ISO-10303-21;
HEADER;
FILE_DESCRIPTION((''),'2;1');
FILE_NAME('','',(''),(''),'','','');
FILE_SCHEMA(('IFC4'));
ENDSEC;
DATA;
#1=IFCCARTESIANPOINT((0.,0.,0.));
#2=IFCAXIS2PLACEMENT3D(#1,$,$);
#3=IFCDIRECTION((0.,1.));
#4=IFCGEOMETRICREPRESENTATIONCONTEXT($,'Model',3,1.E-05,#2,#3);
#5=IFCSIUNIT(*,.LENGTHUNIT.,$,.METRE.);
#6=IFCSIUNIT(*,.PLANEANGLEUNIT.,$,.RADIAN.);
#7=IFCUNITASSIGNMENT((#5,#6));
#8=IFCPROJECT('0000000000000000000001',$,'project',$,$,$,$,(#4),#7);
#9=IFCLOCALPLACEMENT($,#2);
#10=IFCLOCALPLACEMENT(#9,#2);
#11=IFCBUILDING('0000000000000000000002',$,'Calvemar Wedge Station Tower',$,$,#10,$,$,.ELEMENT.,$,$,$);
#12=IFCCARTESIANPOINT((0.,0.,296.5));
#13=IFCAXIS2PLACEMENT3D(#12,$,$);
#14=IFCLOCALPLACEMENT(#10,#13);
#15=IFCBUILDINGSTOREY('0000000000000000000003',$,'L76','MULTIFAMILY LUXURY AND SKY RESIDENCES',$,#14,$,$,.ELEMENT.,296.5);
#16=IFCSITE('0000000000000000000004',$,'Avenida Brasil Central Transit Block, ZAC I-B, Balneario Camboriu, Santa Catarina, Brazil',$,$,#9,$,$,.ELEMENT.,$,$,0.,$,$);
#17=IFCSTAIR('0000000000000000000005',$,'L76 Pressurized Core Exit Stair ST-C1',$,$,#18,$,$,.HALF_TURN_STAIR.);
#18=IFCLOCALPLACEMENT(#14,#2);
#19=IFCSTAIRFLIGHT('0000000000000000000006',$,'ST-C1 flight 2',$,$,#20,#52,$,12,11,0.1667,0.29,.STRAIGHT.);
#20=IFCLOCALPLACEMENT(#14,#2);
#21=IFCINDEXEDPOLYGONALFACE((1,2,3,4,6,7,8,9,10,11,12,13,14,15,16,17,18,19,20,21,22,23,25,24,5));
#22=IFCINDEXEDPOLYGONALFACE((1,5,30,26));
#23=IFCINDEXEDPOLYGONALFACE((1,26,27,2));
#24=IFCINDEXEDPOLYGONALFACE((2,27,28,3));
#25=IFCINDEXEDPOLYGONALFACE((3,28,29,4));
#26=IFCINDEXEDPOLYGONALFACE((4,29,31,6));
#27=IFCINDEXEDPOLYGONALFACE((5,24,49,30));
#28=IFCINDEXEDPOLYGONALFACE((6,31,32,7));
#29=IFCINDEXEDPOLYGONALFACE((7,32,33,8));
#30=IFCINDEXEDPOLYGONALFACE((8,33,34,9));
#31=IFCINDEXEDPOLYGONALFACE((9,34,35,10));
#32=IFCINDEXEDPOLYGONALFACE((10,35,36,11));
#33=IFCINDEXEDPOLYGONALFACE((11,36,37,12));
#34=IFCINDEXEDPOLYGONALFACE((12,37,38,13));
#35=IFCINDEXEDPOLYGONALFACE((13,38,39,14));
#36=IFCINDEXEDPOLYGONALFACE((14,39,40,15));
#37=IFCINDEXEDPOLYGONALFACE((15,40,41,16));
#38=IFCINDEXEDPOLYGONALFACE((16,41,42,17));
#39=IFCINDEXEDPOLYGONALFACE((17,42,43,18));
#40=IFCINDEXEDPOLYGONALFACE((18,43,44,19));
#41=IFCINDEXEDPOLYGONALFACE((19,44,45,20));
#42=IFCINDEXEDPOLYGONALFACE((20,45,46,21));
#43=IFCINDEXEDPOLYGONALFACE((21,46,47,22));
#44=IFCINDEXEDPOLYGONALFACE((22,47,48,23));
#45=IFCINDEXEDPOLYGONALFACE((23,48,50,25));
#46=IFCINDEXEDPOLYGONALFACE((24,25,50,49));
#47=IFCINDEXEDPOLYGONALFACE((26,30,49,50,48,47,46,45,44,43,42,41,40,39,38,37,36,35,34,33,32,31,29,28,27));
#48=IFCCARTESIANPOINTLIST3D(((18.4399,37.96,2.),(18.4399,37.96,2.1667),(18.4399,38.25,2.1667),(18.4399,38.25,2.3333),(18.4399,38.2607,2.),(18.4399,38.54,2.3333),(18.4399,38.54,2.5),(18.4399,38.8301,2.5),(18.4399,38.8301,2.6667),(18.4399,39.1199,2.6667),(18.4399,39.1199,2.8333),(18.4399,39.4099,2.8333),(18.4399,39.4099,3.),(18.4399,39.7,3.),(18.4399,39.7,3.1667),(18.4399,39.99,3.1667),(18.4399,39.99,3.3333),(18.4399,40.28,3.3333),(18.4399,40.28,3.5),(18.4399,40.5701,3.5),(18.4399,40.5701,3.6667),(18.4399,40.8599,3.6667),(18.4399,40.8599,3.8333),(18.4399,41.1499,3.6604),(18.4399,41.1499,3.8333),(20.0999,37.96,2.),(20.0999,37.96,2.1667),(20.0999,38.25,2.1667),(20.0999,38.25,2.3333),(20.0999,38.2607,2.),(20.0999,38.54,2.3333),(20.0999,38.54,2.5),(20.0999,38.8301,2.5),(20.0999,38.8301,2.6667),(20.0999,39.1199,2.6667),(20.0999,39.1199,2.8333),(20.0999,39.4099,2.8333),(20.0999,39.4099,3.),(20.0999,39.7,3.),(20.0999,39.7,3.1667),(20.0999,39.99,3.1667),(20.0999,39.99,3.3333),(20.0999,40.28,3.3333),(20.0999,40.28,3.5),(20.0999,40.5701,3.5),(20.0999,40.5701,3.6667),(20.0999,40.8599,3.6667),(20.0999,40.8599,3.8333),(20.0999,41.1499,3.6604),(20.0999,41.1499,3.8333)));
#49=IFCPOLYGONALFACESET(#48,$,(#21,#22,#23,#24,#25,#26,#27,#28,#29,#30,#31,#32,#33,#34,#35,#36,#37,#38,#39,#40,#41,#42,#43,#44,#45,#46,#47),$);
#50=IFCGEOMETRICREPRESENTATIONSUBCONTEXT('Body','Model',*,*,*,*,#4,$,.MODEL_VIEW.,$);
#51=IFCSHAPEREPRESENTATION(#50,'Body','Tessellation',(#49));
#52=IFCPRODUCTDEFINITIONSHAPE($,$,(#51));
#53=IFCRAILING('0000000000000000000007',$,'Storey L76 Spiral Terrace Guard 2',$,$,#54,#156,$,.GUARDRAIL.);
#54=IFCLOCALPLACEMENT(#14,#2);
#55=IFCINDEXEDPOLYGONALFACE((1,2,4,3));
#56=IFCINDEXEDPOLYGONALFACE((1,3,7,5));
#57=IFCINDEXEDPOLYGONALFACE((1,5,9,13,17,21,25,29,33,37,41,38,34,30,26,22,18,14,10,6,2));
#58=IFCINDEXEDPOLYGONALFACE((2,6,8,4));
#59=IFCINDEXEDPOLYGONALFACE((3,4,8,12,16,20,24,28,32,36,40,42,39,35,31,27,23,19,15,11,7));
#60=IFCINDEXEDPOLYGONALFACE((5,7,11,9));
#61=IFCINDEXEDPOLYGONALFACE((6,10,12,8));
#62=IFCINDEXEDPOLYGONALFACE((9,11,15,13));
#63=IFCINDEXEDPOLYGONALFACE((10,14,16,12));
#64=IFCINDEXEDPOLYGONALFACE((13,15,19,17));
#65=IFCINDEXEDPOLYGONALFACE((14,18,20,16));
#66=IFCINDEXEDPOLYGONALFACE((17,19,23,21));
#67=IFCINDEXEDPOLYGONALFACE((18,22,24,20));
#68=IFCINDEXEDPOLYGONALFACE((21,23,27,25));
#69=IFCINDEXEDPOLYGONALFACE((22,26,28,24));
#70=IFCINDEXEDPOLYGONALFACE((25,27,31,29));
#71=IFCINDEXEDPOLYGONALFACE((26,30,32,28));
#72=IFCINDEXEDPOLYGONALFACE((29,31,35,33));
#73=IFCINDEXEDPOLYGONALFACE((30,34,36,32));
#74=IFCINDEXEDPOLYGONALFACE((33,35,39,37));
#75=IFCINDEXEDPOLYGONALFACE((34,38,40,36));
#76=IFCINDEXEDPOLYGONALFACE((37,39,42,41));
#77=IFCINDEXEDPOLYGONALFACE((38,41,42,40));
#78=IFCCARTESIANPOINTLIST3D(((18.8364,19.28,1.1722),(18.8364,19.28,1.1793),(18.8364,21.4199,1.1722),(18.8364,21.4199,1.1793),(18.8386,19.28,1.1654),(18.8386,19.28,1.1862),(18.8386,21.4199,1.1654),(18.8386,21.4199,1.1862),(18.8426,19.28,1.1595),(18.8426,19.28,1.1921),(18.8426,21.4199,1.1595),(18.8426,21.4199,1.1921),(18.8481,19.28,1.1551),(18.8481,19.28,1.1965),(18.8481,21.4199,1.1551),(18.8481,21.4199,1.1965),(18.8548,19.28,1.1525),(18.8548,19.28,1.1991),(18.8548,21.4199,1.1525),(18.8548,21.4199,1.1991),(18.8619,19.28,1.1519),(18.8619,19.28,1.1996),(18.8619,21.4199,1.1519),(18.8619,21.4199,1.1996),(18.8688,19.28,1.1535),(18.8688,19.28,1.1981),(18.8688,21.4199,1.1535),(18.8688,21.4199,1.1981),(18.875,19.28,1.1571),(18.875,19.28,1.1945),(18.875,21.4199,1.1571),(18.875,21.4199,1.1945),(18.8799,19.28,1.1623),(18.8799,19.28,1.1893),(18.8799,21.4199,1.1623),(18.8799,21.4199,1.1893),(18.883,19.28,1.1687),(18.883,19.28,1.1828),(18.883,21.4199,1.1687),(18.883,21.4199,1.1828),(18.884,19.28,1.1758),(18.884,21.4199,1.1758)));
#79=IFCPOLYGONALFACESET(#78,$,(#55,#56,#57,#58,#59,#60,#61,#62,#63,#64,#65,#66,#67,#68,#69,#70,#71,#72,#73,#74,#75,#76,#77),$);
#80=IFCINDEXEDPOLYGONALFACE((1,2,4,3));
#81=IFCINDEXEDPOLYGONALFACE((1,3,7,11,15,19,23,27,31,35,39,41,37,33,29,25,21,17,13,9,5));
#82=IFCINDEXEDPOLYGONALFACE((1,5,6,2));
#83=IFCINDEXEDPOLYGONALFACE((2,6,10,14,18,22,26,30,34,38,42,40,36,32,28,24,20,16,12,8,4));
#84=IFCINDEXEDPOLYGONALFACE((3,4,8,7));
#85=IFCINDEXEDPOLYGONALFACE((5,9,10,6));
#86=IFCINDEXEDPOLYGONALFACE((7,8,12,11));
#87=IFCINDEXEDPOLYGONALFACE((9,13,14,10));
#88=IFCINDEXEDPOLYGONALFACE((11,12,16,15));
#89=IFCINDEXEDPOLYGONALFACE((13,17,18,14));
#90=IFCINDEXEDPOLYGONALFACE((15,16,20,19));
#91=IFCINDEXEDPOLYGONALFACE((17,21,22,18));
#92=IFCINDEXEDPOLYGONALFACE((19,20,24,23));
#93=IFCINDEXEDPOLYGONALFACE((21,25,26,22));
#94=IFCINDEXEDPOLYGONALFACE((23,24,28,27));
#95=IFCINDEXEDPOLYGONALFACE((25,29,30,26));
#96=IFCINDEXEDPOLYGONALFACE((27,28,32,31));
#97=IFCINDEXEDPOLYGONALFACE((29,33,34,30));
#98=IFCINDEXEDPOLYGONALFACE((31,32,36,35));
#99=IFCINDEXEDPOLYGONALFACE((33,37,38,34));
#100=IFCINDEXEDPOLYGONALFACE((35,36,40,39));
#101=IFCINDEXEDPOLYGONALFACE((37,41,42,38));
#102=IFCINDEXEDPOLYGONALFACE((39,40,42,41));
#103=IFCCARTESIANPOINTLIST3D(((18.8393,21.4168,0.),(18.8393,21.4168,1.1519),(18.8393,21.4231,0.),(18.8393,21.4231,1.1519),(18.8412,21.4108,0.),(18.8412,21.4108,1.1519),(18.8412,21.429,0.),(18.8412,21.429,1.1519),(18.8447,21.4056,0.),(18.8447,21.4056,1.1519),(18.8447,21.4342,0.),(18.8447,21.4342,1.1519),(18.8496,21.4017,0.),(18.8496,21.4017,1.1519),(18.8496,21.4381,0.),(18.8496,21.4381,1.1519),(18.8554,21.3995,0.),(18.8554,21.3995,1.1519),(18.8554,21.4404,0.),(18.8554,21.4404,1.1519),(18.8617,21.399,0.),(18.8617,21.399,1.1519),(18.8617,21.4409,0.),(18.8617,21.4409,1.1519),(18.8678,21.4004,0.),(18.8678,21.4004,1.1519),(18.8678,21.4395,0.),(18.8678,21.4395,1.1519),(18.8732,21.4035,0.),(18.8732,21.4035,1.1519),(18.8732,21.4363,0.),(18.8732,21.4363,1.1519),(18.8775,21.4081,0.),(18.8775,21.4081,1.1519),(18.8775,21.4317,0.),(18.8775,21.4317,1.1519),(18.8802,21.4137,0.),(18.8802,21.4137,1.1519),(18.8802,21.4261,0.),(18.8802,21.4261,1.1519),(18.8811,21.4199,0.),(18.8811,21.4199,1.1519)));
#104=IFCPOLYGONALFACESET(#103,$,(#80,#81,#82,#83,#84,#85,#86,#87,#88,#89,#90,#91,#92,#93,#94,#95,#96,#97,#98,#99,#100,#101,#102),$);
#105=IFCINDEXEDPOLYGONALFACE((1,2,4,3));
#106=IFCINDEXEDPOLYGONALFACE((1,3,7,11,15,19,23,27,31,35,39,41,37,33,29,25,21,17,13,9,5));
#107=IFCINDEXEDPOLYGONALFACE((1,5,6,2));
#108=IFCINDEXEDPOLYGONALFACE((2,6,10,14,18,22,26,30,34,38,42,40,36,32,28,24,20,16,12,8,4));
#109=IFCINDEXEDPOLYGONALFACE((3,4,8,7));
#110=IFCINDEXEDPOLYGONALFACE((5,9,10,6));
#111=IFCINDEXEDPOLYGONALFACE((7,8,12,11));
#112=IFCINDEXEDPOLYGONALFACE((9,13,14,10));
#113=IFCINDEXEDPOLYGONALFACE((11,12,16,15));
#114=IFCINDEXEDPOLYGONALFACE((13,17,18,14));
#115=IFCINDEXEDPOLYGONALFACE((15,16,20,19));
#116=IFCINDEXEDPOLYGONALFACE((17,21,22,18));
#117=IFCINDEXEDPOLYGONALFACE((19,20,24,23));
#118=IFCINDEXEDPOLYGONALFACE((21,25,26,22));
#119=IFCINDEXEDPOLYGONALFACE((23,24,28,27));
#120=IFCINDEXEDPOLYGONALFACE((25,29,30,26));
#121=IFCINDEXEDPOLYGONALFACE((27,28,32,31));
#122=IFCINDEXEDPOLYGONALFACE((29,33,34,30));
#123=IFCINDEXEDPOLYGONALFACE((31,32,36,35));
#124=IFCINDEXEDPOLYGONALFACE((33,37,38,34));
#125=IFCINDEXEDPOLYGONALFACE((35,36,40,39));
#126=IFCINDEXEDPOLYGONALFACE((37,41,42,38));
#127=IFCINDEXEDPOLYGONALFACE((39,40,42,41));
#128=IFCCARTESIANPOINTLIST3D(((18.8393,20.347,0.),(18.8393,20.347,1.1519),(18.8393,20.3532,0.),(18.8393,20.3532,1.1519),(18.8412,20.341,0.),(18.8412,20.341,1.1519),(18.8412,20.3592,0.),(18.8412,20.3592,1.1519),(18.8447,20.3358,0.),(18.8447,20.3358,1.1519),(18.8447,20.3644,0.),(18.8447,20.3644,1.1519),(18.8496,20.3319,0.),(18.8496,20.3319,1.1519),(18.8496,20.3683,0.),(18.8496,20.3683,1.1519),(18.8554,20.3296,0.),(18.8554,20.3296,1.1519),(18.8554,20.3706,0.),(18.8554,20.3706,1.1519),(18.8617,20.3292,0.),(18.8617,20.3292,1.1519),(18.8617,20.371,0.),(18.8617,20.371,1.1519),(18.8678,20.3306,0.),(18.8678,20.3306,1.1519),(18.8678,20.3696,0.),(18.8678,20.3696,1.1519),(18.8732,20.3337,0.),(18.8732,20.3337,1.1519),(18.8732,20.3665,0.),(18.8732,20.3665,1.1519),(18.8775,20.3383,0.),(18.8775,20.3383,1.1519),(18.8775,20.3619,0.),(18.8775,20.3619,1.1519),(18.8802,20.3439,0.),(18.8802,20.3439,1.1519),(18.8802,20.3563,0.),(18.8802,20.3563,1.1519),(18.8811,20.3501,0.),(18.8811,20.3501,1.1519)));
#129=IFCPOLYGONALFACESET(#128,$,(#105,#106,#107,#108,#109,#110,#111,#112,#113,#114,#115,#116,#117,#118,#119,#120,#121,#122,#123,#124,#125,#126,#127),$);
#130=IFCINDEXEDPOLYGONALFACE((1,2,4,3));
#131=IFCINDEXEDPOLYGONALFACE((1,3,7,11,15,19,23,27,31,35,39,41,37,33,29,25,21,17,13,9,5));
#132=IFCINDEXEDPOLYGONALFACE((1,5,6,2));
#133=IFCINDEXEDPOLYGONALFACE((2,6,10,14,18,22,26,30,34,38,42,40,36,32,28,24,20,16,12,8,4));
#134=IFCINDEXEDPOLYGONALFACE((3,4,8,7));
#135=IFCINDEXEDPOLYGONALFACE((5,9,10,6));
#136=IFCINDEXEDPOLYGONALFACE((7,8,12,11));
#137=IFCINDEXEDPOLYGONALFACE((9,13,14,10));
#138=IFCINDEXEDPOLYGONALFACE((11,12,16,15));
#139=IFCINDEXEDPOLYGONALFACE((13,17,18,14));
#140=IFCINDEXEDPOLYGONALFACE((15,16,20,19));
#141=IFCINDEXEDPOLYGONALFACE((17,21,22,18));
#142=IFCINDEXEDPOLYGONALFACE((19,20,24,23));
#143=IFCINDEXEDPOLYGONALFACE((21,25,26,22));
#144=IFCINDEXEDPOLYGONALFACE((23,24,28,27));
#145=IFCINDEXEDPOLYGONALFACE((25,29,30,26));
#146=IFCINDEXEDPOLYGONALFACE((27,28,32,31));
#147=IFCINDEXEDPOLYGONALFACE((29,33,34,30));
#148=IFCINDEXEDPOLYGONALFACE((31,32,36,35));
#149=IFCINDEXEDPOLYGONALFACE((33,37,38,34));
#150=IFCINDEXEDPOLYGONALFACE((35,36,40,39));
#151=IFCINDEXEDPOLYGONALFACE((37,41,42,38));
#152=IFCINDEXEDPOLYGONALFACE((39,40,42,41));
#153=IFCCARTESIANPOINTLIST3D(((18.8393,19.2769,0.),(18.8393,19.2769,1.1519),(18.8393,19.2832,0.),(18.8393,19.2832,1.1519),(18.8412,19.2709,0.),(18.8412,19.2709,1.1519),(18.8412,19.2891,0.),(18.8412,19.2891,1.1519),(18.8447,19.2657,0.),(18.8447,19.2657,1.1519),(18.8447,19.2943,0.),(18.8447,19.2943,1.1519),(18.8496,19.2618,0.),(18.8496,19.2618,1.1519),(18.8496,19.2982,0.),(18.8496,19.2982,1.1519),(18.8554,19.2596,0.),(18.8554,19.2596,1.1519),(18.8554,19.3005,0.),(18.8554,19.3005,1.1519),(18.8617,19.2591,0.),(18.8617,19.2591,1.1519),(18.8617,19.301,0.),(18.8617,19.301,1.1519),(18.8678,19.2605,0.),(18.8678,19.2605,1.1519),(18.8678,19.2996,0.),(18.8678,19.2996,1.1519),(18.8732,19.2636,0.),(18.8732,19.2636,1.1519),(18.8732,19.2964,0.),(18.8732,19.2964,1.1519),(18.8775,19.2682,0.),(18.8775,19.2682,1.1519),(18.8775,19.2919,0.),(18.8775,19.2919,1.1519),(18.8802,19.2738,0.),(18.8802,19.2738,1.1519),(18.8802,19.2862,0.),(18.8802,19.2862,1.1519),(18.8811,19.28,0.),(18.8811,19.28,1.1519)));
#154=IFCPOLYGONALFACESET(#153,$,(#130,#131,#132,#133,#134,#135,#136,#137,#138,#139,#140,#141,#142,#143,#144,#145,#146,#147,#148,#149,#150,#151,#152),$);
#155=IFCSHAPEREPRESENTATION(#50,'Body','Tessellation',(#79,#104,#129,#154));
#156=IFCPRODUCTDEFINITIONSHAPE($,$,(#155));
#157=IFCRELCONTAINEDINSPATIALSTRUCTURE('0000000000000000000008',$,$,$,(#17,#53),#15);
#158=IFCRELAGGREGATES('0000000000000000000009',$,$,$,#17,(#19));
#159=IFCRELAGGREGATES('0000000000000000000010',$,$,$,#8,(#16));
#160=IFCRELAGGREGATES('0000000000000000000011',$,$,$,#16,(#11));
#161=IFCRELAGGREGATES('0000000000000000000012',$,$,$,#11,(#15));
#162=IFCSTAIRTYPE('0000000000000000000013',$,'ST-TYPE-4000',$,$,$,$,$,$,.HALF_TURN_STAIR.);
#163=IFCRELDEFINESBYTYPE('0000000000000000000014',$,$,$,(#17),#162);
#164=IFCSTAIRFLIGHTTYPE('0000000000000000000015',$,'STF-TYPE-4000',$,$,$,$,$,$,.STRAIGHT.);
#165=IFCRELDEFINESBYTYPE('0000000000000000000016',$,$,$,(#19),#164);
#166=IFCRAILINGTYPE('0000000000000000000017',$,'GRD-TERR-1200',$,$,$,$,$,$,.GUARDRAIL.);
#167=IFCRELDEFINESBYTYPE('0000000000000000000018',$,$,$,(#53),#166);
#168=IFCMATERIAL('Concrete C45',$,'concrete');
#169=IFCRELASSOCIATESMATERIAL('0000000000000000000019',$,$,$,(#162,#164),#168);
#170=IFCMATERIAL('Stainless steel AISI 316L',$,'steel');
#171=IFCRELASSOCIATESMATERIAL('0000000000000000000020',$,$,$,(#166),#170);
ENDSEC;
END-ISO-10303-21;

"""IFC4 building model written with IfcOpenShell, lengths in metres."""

from ifc_helpers import new_model, si_unit, direction, frame, origin, origin_2d, place, context, subcontext, project, spatial, polyline, circle, outline, extrude, material, type_object, element, aggregate, save


model = new_model("IFC4")

# Units and contexts
model_context = context("Model", 3, precision=1e-05, world=origin(), true_north=direction((0.0, 1.0)))
body_context = subcontext(model_context, "Body", "Model", "MODEL_VIEW")
ifc_project = project(units=[si_unit("LENGTHUNIT", "METRE"), si_unit("PLANEANGLEUNIT", "RADIAN")], contexts=[model_context])

# Site, building, storey
site_placement = place(None, origin())
site = spatial("IfcSite", under=ifc_project, at=site_placement, Name="Avenida Brasil Central Transit Block, ZAC I-B, Balneario Camboriu, Santa Catarina, Brazil", CompositionType="ELEMENT", RefElevation=0.0)
building_placement = place(site_placement, origin())
building = spatial("IfcBuilding", under=site, at=building_placement, Name="Calvemar Wedge Station Tower", CompositionType="ELEMENT")
storey_placement = place(building_placement, frame((0.0, 0.0, 296.5)))
storey = spatial("IfcBuildingStorey", under=building, at=storey_placement, Name="L76", Description="MULTIFAMILY LUXURY AND SKY RESIDENCES", CompositionType="ELEMENT", Elevation=296.5)

# Stair, stair flight
ifc_material_1 = material(Name="Concrete C45", Category="concrete")
stair_type = type_object("IfcStairType", Name="ST-TYPE-4000", PredefinedType="HALF_TURN_STAIR", material=ifc_material_1)
stair_placement = place(storey_placement, origin())
stair = element("IfcStair", 1, at=stair_placement, inside=storey, type_object=stair_type, Name="L76 Pressurized Core Exit Stair ST-C1", PredefinedType="HALF_TURN_STAIR")
stair_flight_type = type_object("IfcStairFlightType", Name="STF-TYPE-4000", PredefinedType="STRAIGHT", material=ifc_material_1)
stair_flight_placement = place(storey_placement, frame((19.27, 37.96, 2.0), z_axis=(0.0, 0.0, 1.0), x_axis=(0.0, 1.0, 0.0)))
stair_flight = element("IfcStairFlight", 2, at=stair_flight_placement, type_object=stair_flight_type, Name="ST-C1 flight 2", NumberOfRisers=12, NumberOfTreads=11, PredefinedType="STRAIGHT", RiserHeight=0.1667, TreadLength=0.29, context=body_context, shape_type="SweptSolid", body=[
    extrude(outline(polyline([(0.0, 0.0), (0.0, 0.1667), (0.29, 0.1667), (0.29, 0.3333), (0.5801, 0.3333), (0.5801, 0.5), (0.8701, 0.5), (0.8701, 0.6667), (1.1599, 0.6667), (1.1599, 0.8333), (1.45, 0.8333), (1.45, 1.0), (1.74, 1.0), (1.74, 1.1667), (2.03, 1.1667), (2.03, 1.3333), (2.3201, 1.3333), (2.3201, 1.5), (2.6101, 1.5), (2.6101, 1.6667), (2.8999, 1.6667), (2.8999, 1.8333), (3.1899, 1.8333), (3.1899, 2.0), (3.1899, 1.6604), (0.3008, 0.0), (0.0, 0.0)])), frame((0.0, 0.8301, 0.0), z_axis=(0.0, -1.0, 0.0), x_axis=(1.0, 0.0, 0.0)), (0.0, 0.0, 1.0), 1.6599),
])
aggregate(stair, [stair_flight])

# Railing
ifc_material_2 = material(Name="Stainless steel AISI 316L", Category="steel")
railing_type_1 = type_object("IfcRailingType", Name="GRD-TERR-1200", PredefinedType="GUARDRAIL", material=ifc_material_2)
railing_1_placement = place(storey_placement, frame((18.8601, 21.4199, 0.0)))
element("IfcRailing", 3, at=railing_1_placement, inside=storey, type_object=railing_type_1, Name="Storey L76 Spiral Terrace Guard 2", PredefinedType="GUARDRAIL", context=body_context, shape_type="SweptSolid", body=[
    extrude(circle(Radius=0.0239, at=origin_2d()), frame((0.0, 0.0, 1.1758), z_axis=(0.0, -1.0, 0.0), x_axis=(1.0, 0.0, 0.0)), (0.0, 0.0, 1.0), 2.1399),
    extrude(circle(Radius=0.021, at=origin_2d()), origin(), (0.0, 0.0, 1.0), 1.1519),
    extrude(circle(Radius=0.021, at=origin_2d()), frame((0.0, -1.0698, 0.0)), (0.0, 0.0, 1.0), 1.1519),
    extrude(circle(Radius=0.021, at=origin_2d()), frame((0.0, -2.1399, 0.0)), (0.0, 0.0, 1.0), 1.1519),
])

save(model, "model.ifc")
